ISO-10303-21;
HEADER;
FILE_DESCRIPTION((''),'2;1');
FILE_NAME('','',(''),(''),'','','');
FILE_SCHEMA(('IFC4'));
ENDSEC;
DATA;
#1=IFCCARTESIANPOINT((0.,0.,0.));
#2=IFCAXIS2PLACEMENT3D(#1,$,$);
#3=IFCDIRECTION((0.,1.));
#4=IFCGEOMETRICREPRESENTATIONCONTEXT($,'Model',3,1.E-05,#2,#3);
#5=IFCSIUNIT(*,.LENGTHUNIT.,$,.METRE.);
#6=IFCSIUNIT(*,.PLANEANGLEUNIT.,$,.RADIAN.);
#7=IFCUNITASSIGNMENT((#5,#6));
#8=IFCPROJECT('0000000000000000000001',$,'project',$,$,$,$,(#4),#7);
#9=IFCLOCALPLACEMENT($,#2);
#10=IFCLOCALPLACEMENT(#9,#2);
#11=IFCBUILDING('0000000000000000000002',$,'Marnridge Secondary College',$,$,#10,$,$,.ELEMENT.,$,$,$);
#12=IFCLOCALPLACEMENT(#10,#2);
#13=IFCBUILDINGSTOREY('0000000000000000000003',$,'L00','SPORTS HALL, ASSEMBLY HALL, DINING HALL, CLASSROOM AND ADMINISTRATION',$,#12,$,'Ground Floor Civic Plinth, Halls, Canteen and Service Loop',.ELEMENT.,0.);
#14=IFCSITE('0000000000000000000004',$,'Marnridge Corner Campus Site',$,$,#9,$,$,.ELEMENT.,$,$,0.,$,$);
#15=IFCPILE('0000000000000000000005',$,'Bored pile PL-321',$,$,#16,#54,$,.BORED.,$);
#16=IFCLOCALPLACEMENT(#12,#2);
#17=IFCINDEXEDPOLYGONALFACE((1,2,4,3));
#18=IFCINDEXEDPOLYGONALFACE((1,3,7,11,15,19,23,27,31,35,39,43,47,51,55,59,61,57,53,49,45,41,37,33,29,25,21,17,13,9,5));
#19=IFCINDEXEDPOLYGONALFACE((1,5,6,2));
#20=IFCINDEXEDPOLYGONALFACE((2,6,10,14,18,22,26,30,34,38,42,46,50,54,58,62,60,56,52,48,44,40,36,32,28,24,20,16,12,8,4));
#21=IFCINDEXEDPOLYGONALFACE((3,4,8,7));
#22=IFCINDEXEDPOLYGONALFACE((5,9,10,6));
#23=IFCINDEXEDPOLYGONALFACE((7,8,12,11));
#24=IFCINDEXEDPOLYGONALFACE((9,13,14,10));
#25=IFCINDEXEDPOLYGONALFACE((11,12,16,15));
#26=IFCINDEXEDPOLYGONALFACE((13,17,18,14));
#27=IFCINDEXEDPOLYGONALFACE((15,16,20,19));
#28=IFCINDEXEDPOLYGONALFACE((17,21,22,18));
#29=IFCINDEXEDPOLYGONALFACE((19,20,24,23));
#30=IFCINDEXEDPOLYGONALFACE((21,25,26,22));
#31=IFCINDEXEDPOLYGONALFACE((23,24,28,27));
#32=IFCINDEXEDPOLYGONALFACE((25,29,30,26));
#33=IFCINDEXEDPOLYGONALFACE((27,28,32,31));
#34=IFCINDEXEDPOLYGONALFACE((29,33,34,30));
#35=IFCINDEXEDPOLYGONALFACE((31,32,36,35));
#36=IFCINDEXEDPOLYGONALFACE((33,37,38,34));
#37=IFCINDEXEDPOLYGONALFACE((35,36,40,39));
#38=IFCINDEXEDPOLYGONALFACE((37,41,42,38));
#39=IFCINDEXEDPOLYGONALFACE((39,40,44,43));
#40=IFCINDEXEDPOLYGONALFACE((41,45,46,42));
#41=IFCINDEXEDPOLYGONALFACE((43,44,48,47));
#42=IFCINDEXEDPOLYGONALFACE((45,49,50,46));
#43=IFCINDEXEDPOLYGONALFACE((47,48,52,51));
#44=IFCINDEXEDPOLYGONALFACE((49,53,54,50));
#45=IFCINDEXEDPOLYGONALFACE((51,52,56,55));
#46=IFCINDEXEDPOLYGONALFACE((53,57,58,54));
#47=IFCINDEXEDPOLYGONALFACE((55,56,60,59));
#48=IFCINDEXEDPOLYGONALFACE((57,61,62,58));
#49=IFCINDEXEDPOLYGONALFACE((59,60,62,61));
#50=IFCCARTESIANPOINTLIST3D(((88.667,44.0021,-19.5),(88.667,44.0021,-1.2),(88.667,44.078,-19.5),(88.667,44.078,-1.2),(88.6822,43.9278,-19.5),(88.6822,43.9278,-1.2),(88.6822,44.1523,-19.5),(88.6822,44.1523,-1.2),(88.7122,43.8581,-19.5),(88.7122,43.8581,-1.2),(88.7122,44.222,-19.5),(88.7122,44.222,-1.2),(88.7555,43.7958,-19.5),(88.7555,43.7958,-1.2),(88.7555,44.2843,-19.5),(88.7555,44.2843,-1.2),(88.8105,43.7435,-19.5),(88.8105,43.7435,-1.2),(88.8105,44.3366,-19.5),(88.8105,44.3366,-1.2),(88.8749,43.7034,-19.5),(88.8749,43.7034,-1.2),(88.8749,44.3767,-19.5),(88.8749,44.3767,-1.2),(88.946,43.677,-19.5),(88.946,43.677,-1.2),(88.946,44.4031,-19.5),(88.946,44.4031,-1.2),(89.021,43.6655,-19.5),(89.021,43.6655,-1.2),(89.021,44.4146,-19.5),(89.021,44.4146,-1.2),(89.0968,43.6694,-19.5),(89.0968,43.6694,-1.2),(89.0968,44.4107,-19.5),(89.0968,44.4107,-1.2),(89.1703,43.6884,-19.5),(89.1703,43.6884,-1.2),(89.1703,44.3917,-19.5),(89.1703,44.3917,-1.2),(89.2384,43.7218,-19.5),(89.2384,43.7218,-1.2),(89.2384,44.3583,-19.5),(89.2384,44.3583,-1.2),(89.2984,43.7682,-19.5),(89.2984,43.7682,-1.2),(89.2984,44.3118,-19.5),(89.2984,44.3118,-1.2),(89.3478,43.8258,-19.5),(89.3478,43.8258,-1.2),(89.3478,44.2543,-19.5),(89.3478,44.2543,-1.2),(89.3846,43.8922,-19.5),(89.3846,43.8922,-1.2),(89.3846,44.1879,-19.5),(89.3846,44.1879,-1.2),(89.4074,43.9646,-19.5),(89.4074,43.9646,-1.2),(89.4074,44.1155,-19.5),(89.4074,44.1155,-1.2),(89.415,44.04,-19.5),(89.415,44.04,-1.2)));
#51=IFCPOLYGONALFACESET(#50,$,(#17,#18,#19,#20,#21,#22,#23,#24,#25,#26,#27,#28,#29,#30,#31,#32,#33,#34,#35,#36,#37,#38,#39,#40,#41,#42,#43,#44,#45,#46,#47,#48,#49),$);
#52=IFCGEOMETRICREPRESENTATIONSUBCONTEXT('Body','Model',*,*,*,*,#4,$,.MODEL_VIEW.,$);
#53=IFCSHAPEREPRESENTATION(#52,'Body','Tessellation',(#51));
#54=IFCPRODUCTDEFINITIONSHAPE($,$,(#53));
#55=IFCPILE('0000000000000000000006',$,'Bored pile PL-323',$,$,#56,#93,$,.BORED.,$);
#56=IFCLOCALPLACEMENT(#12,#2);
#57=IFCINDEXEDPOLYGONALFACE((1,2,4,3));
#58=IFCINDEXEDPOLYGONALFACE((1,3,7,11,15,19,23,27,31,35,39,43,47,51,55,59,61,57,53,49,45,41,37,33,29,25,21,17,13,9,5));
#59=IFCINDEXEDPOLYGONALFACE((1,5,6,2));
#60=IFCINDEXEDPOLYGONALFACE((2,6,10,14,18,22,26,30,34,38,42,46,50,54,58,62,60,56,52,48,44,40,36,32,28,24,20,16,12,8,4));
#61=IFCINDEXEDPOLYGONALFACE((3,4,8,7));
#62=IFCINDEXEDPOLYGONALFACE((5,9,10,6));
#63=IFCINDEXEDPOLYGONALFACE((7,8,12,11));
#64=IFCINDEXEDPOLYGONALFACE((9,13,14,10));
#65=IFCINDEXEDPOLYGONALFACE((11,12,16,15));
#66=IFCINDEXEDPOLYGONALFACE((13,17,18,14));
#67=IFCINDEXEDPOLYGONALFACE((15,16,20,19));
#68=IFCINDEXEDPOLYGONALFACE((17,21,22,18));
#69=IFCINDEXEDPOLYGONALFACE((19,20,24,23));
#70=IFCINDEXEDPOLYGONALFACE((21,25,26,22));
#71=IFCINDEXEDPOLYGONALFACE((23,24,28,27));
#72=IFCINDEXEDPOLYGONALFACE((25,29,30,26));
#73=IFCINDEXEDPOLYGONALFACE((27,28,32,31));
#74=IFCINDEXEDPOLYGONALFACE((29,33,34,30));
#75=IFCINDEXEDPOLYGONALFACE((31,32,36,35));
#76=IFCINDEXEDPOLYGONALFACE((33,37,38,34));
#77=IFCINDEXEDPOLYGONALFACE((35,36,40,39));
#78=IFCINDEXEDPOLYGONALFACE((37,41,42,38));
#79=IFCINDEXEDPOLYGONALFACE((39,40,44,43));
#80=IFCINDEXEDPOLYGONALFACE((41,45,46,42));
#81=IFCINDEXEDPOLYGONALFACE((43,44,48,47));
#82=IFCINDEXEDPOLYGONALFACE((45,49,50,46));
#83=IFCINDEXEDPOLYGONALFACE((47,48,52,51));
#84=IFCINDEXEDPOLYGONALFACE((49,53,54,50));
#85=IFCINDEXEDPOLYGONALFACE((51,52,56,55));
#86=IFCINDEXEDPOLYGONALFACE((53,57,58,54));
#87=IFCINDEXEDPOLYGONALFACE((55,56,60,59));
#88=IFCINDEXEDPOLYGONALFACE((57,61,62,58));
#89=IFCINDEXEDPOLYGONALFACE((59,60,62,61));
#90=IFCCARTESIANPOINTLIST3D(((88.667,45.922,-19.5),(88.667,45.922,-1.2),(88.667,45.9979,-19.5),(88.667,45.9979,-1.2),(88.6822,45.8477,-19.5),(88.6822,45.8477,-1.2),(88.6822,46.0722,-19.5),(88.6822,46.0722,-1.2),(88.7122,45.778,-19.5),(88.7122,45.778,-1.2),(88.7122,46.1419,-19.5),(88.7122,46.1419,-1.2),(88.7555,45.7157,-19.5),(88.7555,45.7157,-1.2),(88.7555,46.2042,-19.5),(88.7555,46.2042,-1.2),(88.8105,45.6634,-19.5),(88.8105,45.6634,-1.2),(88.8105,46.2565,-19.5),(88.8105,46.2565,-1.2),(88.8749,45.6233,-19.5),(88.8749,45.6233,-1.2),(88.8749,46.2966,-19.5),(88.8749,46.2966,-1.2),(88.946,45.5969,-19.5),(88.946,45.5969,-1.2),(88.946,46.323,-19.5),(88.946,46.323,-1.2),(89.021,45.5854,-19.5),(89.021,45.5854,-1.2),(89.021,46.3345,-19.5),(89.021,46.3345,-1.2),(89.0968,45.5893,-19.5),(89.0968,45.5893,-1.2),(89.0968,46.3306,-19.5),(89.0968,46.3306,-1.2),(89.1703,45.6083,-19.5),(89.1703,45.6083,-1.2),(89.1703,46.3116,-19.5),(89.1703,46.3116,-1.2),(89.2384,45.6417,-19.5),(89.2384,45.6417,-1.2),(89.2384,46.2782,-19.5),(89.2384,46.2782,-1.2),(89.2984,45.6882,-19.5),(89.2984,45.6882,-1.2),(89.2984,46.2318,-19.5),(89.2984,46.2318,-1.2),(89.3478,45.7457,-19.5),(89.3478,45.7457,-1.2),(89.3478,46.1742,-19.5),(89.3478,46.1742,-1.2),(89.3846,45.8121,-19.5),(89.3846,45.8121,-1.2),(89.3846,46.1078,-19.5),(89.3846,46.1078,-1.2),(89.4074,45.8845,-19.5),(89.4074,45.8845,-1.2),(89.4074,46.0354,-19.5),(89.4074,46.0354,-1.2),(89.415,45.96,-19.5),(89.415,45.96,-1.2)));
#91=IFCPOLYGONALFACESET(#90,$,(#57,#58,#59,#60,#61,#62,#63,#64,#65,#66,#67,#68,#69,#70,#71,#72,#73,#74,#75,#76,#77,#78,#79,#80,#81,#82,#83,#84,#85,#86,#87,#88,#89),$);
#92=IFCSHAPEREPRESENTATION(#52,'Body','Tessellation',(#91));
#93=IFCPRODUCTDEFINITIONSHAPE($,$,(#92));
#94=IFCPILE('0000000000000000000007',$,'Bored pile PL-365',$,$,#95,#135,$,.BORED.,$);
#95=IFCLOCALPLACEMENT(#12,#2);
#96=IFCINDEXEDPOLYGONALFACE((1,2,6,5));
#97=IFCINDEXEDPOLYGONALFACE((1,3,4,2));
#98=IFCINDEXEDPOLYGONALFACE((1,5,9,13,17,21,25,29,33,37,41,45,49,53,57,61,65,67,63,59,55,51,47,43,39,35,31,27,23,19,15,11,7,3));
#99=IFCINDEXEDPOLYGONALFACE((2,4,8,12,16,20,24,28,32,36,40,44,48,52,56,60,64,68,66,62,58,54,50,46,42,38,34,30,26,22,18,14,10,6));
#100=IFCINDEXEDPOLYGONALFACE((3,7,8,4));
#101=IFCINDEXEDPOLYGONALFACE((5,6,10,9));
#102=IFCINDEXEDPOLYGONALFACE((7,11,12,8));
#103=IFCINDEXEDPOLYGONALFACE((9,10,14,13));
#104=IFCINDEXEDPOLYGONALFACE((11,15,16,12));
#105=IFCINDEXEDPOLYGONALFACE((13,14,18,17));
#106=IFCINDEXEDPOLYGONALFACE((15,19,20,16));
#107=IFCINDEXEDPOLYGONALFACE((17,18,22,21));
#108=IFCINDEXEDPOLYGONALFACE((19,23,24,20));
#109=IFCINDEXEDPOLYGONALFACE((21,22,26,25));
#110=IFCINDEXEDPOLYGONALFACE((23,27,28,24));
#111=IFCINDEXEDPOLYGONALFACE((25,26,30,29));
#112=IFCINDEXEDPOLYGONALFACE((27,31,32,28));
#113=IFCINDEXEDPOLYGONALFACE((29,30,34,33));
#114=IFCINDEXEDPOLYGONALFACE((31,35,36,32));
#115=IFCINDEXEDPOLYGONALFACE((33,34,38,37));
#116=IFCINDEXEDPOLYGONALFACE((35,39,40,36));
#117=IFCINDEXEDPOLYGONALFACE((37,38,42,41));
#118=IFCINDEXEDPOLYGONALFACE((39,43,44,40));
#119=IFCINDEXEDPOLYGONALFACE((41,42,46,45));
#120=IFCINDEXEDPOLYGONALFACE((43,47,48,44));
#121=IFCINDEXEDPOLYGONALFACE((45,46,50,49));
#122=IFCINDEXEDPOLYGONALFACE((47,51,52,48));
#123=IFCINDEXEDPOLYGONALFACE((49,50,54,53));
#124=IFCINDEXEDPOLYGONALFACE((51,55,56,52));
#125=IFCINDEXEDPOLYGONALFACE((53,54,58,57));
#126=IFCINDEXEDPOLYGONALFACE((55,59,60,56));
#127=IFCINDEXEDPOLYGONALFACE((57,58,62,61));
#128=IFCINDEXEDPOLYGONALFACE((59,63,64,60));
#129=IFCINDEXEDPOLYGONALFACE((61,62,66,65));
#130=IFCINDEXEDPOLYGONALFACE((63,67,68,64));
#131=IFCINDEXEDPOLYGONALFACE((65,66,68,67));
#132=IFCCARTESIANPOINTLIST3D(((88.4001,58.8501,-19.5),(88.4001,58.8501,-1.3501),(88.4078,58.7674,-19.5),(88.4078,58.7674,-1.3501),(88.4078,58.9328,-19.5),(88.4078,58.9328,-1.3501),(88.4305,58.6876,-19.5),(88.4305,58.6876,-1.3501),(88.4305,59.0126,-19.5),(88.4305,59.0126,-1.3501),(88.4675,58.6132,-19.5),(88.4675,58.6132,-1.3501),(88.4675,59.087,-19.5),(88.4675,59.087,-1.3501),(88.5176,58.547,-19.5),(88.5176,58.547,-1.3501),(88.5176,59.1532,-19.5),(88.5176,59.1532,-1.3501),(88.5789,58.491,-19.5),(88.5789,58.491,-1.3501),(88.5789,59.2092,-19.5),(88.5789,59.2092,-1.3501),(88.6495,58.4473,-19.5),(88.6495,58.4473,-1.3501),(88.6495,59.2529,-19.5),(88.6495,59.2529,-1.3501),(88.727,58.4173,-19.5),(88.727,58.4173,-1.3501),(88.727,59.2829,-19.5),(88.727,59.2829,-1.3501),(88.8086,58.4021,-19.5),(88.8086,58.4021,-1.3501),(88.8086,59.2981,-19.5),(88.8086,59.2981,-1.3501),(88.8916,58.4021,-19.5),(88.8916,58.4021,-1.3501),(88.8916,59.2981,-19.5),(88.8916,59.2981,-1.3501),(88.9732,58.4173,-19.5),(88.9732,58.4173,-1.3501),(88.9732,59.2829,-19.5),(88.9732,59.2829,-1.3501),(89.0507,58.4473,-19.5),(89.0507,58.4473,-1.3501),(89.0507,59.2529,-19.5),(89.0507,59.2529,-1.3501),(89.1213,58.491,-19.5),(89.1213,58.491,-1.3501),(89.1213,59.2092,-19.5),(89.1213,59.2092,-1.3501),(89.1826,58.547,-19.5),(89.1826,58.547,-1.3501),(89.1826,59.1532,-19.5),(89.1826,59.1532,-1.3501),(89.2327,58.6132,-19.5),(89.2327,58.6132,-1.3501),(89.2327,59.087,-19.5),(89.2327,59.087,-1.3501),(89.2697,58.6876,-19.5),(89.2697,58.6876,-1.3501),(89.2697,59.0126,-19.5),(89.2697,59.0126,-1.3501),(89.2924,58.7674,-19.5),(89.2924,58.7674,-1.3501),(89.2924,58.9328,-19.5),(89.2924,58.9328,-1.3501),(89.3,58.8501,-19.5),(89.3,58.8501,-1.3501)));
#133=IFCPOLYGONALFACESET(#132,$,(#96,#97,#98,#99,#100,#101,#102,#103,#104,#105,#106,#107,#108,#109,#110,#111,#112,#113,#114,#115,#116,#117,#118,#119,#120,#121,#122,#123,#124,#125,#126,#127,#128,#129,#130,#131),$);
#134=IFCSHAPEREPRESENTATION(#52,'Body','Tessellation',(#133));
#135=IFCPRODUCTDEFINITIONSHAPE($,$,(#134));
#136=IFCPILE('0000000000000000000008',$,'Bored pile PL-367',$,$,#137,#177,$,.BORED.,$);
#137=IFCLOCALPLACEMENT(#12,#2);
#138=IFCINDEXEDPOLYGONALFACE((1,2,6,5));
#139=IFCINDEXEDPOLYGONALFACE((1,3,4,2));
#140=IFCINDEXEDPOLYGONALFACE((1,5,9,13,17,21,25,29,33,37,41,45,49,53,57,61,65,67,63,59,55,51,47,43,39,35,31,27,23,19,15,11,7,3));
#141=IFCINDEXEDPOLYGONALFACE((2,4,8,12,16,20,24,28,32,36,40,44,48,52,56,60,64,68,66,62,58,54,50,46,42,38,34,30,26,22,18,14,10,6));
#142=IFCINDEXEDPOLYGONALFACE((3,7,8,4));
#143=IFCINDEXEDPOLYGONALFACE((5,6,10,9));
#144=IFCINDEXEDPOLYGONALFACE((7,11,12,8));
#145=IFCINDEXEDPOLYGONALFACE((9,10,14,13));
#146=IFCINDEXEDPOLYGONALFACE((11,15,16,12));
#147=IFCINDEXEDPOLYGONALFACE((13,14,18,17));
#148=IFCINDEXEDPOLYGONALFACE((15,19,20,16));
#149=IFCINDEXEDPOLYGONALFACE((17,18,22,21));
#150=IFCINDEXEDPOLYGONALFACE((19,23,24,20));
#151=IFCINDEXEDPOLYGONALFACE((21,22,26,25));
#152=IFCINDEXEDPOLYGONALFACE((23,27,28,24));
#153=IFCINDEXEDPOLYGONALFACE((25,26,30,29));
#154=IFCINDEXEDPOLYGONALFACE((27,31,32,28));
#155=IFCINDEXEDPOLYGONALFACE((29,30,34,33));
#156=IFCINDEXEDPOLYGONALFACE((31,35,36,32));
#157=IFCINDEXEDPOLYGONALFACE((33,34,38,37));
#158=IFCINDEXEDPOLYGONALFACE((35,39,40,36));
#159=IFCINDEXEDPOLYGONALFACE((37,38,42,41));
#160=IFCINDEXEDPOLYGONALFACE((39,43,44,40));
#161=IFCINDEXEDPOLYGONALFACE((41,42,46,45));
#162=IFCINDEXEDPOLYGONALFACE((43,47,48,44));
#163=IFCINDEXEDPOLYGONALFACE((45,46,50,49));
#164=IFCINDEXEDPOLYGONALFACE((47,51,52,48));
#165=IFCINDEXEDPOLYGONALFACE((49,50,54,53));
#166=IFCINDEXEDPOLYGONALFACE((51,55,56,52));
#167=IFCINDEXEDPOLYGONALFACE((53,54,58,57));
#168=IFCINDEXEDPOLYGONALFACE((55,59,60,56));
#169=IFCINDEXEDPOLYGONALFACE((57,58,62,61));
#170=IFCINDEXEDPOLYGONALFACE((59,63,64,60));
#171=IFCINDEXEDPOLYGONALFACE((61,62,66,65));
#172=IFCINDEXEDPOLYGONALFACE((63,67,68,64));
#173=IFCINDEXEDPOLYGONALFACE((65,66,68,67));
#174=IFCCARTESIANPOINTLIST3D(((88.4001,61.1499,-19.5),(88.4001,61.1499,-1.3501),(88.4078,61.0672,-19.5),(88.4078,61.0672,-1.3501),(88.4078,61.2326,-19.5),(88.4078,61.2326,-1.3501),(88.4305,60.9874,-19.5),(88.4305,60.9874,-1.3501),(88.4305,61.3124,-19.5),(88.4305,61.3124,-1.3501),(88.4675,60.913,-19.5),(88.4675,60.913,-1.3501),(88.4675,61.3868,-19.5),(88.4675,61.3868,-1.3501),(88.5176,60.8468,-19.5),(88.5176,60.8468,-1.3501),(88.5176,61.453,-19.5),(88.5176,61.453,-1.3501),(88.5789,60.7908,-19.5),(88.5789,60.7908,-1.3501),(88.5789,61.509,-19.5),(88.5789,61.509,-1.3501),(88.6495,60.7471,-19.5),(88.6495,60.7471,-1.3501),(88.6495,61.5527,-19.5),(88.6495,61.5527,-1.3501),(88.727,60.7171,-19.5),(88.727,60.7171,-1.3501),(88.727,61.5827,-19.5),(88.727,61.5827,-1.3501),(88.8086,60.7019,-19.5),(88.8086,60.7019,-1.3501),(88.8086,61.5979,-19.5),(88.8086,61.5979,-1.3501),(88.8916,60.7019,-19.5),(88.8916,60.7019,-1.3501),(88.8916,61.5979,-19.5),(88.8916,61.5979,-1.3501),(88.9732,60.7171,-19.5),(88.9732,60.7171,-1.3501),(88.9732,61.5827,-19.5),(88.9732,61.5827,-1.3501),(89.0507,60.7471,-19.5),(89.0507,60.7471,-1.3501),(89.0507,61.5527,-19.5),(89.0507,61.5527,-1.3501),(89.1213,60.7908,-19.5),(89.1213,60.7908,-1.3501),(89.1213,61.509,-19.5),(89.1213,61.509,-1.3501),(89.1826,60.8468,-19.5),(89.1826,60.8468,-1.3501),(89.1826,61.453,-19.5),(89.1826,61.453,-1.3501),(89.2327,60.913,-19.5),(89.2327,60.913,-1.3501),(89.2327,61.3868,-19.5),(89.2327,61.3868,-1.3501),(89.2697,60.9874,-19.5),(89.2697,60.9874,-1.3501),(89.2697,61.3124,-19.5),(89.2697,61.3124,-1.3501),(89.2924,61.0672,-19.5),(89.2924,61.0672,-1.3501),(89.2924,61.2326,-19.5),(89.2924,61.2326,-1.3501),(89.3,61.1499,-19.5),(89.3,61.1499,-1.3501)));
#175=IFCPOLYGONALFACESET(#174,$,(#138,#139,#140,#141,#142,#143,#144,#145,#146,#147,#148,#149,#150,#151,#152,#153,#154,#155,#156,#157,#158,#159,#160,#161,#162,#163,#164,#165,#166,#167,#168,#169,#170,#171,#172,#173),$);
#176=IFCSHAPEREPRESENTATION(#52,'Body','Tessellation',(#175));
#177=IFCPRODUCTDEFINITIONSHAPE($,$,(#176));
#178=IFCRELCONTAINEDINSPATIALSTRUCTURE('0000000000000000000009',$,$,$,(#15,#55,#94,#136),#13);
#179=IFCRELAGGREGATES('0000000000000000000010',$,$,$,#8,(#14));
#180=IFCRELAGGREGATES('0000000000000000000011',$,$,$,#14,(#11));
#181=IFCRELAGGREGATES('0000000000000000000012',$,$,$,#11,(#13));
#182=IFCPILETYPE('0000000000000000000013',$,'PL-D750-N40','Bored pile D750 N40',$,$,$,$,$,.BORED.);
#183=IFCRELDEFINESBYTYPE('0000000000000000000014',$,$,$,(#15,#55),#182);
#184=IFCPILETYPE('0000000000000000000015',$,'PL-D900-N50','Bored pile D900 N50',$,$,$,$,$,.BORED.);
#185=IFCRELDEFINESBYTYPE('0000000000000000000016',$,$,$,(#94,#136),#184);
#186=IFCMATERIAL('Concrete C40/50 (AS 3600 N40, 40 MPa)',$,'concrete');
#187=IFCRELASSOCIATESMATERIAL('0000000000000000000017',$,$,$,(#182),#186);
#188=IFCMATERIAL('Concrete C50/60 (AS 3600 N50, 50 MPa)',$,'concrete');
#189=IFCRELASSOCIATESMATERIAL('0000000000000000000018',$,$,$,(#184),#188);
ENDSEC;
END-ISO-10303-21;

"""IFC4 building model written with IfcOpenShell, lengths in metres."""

from ifc_helpers import new_model, si_unit, direction, frame, origin, origin_2d, place, context, subcontext, project, spatial, circle, extrude, material, material_profile, profile_set, type_object, element, save


model = new_model("IFC4")

# Units and contexts
model_context = context("Model", 3, precision=1e-05, world=origin(), true_north=direction((0.0, 1.0)))
body_context = subcontext(model_context, "Body", "Model", "MODEL_VIEW")
ifc_project = project(units=[si_unit("LENGTHUNIT", "METRE"), si_unit("PLANEANGLEUNIT", "RADIAN")], contexts=[model_context])

# Site, building, storey
site_placement = place(None, origin())
site = spatial("IfcSite", under=ifc_project, at=site_placement, Name="Marnridge Corner Campus Site", CompositionType="ELEMENT", RefElevation=0.0)
building_placement = place(site_placement, origin())
building = spatial("IfcBuilding", under=site, at=building_placement, Name="Marnridge Secondary College", CompositionType="ELEMENT")
storey_placement = place(building_placement, origin())
storey = spatial("IfcBuildingStorey", under=building, at=storey_placement, Name="L00", Description="SPORTS HALL, ASSEMBLY HALL, DINING HALL, CLASSROOM AND ADMINISTRATION", LongName="Ground Floor Civic Plinth, Halls, Canteen and Service Loop", CompositionType="ELEMENT", Elevation=0.0)

# Piles
ifc_material_1 = material(Name="Concrete C40/50 (AS 3600 N40, 40 MPa)", Category="concrete")
ifc_material_profile_1 = material_profile(ifc_material_1, circle(Radius=0.375, at=origin_2d()), Name="PILE D750")
ifc_profile_set_1 = profile_set([ifc_material_profile_1], Name="Concrete C40/50 (AS 3600 N40, 40 MPa)")
pile_type_1 = type_object("IfcPileType", Name="PL-D750-N40", Description="Bored pile D750 N40", PredefinedType="BORED", material=ifc_profile_set_1)
for number, where, z_axis, x_axis, name in (
    (1, (89.04, 44.04, -1.2), (0.0, 0.0, -1.0), (1.0, 0.0, 0.0), "Bored pile PL-321"),
    (2, (89.04, 45.96, -1.2), (0.0, 0.0, -1.0), (1.0, 0.0, 0.0), "Bored pile PL-323"),
):
    element("IfcPile", number, at=place(storey_placement, frame(where, z_axis=z_axis, x_axis=x_axis)), inside=storey, type_object=pile_type_1, Name=name, PredefinedType="BORED", context=body_context, shape_type="SweptSolid", body=[
        extrude(circle(Radius=0.375, at=origin_2d()), origin(), (0.0, 0.0, 1.0), 18.3),
    ])
ifc_material_2 = material(Name="Concrete C50/60 (AS 3600 N50, 50 MPa)", Category="concrete")
ifc_material_profile_2 = material_profile(ifc_material_2, circle(Radius=0.45, at=origin_2d()), Name="PILE D900")
ifc_profile_set_2 = profile_set([ifc_material_profile_2], Name="Concrete C50/60 (AS 3600 N50, 50 MPa)")
pile_type_2 = type_object("IfcPileType", Name="PL-D900-N50", Description="Bored pile D900 N50", PredefinedType="BORED", material=ifc_profile_set_2)
for number, where, z_axis, x_axis, name in (
    (3, (88.8501, 58.8501, -1.3501), (0.0, 0.0, -1.0), (1.0, 0.0, 0.0), "Bored pile PL-365"),
    (4, (88.8501, 61.1499, -1.3501), (0.0, 0.0, -1.0), (1.0, 0.0, 0.0), "Bored pile PL-367"),
):
    element("IfcPile", number, at=place(storey_placement, frame(where, z_axis=z_axis, x_axis=x_axis)), inside=storey, type_object=pile_type_2, Name=name, PredefinedType="BORED", context=body_context, shape_type="SweptSolid", body=[
        extrude(circle(Radius=0.45, at=origin_2d()), origin(), (0.0, 0.0, 1.0), 18.1499),
    ])

save(model, "model.ifc")
